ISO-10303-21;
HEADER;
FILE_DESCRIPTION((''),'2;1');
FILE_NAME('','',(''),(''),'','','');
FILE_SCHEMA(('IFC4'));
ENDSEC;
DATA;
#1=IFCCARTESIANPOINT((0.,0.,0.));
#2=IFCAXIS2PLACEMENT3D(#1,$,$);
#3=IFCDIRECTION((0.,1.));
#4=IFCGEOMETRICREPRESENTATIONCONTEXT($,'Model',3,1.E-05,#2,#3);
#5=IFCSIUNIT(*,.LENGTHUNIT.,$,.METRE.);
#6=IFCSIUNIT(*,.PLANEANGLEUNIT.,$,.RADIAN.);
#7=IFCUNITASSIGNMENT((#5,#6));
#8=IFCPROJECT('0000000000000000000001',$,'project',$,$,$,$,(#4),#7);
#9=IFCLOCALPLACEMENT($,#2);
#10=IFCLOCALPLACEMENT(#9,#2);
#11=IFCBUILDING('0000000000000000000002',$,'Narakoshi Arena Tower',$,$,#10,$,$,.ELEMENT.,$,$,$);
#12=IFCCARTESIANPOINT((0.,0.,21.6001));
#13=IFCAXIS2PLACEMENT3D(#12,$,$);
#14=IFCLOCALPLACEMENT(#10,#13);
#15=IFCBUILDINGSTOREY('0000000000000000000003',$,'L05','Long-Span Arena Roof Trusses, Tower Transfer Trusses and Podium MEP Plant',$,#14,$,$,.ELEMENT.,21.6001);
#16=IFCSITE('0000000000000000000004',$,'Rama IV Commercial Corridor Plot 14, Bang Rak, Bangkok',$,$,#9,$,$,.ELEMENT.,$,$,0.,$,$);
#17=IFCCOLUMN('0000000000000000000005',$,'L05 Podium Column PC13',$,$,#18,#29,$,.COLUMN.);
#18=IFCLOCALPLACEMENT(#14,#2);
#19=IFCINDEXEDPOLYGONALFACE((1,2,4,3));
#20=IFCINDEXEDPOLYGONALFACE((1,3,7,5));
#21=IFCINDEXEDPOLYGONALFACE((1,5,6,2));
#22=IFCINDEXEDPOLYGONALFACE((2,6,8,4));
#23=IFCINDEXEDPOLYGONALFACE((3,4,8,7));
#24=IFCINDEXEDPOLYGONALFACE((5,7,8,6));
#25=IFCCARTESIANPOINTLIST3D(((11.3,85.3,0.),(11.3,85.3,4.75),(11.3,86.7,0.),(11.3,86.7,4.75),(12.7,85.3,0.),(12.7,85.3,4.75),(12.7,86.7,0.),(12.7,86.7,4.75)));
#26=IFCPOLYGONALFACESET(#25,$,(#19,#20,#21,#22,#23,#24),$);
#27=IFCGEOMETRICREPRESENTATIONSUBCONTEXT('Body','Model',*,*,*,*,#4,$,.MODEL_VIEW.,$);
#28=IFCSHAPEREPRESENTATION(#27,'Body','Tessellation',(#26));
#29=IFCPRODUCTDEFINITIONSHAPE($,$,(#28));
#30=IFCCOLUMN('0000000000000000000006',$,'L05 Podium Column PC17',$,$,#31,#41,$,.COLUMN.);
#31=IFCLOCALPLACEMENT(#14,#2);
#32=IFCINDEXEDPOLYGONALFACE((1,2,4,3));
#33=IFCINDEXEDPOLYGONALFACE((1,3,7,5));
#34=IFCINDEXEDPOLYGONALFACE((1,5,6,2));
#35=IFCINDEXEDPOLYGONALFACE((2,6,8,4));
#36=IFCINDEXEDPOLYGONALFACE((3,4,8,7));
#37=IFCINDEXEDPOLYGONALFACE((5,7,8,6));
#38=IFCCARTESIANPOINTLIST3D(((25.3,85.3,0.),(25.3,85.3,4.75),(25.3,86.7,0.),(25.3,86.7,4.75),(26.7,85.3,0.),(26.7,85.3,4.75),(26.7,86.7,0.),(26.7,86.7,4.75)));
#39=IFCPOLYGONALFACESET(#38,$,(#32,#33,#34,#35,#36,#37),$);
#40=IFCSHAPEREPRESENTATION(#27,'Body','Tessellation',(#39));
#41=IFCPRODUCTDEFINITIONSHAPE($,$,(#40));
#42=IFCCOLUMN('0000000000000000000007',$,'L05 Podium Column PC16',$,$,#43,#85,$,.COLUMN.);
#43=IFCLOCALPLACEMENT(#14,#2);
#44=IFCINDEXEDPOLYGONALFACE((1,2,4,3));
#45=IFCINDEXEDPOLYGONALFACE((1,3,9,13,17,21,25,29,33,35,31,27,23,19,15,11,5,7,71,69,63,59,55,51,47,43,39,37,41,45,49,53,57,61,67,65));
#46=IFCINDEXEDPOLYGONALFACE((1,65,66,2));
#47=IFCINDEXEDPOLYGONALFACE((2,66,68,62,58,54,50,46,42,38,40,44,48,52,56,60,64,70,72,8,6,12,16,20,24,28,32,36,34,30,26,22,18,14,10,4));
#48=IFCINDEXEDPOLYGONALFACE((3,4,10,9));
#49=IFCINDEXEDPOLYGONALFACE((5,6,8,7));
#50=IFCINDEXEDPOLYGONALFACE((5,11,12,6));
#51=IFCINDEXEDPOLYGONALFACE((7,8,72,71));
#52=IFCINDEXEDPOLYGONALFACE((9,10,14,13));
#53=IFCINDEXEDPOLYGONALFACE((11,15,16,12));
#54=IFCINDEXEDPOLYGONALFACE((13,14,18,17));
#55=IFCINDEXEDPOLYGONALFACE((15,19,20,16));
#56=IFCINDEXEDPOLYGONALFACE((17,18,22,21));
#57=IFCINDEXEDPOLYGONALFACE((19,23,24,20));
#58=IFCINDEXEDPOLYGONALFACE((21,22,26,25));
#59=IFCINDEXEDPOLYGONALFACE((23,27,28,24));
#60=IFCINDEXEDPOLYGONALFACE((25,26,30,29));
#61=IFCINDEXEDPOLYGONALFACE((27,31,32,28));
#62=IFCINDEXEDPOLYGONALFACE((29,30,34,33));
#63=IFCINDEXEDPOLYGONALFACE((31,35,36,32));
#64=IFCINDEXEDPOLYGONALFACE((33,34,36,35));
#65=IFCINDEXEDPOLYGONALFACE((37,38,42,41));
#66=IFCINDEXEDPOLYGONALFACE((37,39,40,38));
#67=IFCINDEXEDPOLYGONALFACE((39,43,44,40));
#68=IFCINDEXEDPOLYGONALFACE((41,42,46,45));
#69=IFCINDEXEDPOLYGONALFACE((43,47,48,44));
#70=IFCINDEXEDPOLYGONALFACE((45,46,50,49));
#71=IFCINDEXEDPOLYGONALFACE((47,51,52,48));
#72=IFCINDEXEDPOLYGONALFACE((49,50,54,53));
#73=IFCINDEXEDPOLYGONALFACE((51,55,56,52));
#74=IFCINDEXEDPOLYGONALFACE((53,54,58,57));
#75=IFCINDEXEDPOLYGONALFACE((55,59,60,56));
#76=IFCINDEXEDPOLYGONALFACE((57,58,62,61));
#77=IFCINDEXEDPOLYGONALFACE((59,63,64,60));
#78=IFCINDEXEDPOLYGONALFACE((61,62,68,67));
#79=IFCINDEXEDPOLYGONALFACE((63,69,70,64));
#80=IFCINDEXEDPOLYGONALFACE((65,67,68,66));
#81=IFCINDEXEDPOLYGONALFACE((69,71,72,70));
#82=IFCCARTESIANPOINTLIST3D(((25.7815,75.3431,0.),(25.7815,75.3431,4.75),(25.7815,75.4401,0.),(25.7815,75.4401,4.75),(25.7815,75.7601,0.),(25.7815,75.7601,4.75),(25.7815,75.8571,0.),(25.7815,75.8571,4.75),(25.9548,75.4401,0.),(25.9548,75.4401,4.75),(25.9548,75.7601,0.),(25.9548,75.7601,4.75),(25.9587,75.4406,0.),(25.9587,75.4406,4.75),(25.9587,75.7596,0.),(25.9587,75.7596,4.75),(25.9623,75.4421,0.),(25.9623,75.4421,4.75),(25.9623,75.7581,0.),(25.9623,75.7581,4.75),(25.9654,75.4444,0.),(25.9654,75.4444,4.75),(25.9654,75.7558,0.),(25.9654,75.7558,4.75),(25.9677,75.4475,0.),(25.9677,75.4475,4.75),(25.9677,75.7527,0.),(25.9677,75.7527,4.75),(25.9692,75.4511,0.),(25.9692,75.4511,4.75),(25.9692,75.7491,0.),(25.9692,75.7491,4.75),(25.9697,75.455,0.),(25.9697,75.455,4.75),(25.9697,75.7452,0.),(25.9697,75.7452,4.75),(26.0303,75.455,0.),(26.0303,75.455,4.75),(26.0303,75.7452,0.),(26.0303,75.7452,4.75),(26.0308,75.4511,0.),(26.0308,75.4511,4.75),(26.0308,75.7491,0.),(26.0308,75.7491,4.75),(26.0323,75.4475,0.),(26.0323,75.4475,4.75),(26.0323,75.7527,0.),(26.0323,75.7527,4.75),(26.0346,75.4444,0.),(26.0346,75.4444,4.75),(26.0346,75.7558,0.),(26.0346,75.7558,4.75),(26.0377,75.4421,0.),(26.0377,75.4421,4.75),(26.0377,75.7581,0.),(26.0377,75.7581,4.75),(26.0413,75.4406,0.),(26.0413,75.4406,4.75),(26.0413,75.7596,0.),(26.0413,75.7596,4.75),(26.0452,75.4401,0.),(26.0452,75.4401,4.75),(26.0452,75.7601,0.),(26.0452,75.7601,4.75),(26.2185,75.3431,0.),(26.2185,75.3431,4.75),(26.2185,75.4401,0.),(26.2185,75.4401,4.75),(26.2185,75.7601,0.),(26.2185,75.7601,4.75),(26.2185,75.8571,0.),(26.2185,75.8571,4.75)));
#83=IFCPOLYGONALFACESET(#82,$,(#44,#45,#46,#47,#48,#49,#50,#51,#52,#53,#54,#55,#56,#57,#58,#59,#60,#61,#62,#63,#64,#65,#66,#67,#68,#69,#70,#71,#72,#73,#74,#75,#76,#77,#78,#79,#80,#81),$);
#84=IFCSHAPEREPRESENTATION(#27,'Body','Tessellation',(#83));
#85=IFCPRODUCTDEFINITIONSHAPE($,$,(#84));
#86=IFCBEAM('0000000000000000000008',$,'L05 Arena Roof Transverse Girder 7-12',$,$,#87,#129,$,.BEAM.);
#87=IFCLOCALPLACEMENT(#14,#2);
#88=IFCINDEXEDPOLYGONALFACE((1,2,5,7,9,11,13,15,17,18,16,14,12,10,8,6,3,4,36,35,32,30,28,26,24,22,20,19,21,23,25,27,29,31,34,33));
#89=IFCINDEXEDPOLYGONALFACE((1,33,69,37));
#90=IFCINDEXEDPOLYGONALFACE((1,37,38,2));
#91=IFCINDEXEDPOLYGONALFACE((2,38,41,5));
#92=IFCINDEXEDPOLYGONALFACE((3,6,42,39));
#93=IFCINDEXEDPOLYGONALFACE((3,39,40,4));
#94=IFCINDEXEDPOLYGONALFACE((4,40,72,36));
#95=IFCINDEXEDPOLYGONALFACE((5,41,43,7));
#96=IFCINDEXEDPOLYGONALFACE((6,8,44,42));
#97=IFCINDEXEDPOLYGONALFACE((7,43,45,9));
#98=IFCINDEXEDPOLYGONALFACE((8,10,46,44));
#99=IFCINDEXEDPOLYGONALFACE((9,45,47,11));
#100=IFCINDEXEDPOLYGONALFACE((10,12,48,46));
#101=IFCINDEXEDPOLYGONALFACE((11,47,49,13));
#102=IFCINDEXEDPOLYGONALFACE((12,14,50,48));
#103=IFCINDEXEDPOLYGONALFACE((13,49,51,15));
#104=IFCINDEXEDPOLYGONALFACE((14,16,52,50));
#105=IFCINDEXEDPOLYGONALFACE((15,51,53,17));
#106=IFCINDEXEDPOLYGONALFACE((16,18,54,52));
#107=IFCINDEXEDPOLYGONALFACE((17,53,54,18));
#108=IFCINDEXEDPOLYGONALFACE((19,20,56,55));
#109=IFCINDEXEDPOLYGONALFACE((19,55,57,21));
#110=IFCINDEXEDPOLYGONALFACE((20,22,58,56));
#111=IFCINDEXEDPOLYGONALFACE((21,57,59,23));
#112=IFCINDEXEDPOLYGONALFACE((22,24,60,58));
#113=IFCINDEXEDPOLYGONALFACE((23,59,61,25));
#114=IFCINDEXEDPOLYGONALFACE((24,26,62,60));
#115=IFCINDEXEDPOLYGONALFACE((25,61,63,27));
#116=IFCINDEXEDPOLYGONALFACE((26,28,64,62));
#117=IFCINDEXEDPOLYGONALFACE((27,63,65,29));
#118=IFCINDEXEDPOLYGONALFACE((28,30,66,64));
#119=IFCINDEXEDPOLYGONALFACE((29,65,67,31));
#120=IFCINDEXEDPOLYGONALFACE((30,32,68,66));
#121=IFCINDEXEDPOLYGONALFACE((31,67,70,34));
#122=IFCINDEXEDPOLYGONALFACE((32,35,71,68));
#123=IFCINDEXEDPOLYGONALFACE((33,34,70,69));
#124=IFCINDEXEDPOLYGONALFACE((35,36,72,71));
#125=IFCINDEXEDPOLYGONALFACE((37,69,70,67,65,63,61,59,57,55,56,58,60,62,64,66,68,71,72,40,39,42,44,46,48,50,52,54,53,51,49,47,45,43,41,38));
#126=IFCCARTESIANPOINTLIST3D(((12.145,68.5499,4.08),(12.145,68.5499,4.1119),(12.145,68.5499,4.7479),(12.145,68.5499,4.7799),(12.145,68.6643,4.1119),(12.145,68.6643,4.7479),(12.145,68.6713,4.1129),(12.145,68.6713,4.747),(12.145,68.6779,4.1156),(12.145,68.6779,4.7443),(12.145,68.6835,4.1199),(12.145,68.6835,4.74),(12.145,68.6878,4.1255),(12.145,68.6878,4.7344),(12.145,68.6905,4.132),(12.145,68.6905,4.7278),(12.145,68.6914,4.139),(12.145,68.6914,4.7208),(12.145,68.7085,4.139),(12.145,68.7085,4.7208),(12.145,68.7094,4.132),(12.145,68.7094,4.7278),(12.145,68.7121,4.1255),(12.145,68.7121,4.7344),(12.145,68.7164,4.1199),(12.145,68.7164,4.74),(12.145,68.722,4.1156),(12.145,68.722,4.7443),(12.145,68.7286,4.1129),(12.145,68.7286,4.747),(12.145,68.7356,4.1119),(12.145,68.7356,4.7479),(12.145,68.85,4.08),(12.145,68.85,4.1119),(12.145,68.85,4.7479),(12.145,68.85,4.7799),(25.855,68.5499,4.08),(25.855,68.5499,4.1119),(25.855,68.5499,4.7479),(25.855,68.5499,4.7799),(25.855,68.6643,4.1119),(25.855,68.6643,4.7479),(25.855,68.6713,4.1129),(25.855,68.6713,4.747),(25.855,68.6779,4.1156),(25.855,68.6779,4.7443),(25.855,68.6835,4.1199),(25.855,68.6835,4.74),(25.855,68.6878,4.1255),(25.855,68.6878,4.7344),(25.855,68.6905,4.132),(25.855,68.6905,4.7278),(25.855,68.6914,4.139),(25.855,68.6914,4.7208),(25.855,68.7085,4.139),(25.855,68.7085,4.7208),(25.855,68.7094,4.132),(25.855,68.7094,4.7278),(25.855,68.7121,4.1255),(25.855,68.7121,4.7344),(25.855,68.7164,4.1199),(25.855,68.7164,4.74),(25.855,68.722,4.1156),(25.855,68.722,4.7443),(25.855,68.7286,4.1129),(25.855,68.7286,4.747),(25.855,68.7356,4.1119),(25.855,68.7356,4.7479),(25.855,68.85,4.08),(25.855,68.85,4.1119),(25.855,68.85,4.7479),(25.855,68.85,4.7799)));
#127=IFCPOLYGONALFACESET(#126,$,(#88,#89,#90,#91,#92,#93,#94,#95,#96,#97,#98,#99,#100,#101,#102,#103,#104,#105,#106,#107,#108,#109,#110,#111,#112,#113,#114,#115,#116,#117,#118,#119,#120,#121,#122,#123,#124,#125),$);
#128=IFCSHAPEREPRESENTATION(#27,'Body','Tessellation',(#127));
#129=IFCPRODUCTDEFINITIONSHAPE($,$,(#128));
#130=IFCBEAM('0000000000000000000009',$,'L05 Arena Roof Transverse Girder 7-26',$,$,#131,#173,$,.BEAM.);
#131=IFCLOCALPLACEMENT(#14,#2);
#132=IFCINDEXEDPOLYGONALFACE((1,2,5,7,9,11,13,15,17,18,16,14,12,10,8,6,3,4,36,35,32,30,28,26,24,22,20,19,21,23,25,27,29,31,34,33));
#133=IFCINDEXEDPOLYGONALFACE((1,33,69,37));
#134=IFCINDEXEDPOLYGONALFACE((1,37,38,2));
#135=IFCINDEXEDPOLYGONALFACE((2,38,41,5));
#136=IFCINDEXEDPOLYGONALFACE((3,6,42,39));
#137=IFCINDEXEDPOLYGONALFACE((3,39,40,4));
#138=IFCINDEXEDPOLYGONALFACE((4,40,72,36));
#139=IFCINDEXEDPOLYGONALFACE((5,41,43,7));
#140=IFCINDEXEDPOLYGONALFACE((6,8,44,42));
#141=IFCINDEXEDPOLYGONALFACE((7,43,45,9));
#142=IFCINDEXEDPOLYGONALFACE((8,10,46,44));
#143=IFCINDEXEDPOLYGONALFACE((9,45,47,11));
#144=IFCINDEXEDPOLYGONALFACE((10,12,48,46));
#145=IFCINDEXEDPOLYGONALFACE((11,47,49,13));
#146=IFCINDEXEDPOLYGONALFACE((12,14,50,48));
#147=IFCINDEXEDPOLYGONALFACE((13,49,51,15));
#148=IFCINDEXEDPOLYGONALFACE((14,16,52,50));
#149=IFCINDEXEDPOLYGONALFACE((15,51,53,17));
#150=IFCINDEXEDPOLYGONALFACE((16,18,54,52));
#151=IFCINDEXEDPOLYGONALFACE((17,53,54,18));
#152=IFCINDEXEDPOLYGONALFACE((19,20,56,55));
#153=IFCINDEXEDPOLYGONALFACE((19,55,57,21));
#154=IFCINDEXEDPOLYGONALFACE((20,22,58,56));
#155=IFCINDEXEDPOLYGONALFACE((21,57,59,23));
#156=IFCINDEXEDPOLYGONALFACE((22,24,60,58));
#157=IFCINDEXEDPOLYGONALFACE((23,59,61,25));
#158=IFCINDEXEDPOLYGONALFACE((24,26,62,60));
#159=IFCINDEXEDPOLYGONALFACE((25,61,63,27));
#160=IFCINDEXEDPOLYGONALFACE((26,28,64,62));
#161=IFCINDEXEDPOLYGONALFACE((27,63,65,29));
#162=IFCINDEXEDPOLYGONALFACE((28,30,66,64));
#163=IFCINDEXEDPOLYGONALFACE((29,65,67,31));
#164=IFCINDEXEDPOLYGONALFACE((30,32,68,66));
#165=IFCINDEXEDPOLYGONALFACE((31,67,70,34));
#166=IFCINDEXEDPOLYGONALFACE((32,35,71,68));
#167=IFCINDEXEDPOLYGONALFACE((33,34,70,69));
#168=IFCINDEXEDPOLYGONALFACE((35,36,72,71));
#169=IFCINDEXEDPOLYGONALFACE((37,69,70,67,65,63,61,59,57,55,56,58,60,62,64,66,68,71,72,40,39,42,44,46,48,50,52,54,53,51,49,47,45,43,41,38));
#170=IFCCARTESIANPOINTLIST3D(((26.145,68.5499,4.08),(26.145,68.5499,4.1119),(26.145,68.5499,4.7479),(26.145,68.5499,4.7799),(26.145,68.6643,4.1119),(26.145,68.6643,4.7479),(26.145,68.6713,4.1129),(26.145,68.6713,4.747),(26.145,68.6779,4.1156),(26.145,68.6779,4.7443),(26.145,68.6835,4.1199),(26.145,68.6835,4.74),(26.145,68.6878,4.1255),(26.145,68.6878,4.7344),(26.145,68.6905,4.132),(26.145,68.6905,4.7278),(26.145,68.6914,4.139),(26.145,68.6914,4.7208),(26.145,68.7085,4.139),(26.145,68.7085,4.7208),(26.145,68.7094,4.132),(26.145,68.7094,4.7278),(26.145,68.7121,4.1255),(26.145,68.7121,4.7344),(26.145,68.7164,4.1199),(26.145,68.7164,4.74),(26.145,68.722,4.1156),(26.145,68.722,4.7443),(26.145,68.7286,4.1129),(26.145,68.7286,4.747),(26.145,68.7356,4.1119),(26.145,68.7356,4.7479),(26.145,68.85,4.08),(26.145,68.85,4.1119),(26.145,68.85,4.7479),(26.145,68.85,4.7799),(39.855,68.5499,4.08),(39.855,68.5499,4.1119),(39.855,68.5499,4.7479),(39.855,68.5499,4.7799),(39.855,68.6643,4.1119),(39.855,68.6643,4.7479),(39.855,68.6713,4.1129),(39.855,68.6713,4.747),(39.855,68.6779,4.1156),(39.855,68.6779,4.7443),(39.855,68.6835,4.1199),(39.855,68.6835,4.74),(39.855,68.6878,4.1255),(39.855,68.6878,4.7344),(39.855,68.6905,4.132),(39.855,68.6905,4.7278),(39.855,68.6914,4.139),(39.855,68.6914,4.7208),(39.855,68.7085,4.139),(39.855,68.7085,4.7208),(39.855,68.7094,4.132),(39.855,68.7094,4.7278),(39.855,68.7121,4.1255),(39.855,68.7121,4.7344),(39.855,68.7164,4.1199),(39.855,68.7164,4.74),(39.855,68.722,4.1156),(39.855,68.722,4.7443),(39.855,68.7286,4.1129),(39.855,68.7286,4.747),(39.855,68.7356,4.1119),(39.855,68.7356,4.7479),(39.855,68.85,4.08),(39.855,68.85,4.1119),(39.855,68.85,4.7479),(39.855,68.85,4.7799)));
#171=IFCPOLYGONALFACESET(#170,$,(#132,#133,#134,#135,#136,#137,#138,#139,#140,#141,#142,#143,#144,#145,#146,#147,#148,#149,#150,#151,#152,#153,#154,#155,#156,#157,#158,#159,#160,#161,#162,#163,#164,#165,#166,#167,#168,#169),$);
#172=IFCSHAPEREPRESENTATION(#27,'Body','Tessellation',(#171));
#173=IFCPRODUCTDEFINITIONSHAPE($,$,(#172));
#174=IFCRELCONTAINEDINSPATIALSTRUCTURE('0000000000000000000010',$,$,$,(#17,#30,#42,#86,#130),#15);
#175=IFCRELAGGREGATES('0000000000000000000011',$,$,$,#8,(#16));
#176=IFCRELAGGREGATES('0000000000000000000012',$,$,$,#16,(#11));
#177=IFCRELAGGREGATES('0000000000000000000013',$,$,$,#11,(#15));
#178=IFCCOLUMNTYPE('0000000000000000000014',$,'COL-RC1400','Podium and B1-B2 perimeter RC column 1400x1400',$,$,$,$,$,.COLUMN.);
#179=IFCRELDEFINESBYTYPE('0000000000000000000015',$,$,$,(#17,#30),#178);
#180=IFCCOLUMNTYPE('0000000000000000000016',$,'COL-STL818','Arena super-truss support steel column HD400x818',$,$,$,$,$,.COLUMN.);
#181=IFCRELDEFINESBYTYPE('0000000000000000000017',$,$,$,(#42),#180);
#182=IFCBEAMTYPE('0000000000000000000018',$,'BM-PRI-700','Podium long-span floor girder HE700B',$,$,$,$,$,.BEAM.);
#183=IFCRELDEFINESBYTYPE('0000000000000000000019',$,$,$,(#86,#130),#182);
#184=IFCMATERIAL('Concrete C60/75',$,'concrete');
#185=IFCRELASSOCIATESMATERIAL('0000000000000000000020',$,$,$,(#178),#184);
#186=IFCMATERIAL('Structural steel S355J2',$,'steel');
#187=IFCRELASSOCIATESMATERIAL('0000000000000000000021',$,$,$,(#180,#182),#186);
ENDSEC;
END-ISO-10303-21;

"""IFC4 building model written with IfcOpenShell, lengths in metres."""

from ifc_helpers import new_model, si_unit, direction, frame, origin, origin_2d, place, context, subcontext, project, spatial, rectangle, i_section, extrude, material, material_profile, profile_set, type_object, element, save


model = new_model("IFC4")

# Units and contexts
model_context = context("Model", 3, precision=1e-05, world=origin(), true_north=direction((0.0, 1.0)))
body_context = subcontext(model_context, "Body", "Model", "MODEL_VIEW")
ifc_project = project(units=[si_unit("LENGTHUNIT", "METRE"), si_unit("PLANEANGLEUNIT", "RADIAN")], contexts=[model_context])

# Site, building, storey
site_placement = place(None, origin())
site = spatial("IfcSite", under=ifc_project, at=site_placement, Name="Rama IV Commercial Corridor Plot 14, Bang Rak, Bangkok", CompositionType="ELEMENT", RefElevation=0.0)
building_placement = place(site_placement, origin())
building = spatial("IfcBuilding", under=site, at=building_placement, Name="Narakoshi Arena Tower", CompositionType="ELEMENT")
storey_placement = place(building_placement, frame((0.0, 0.0, 21.6001)))
storey = spatial("IfcBuildingStorey", under=building, at=storey_placement, Name="L05", Description="Long-Span Arena Roof Trusses, Tower Transfer Trusses and Podium MEP Plant", CompositionType="ELEMENT", Elevation=21.6001)

# Columns
ifc_material_1 = material(Name="Concrete C60/75", Category="concrete")
ifc_material_profile_1 = material_profile(ifc_material_1, rectangle(XDim=1.3999, YDim=1.3999, at=origin_2d()), Name="RC1400x1400")
ifc_profile_set_1 = profile_set([ifc_material_profile_1], Name="Concrete C60/75")
column_type_1 = type_object("IfcColumnType", Name="COL-RC1400", Description="Podium and B1-B2 perimeter RC column 1400x1400", PredefinedType="COLUMN", material=ifc_profile_set_1)
for number, where, z_axis, x_axis, name in (
    (1, (12.0, 86.0, 0.0), (0.0, 0.0, 1.0), (1.0, 0.0, 0.0), "L05 Podium Column PC13"),
    (2, (26.0, 86.0, 0.0), (0.0, 0.0, 1.0), (1.0, 0.0, 0.0), "L05 Podium Column PC17"),
):
    element("IfcColumn", number, at=place(storey_placement, frame(where, z_axis=z_axis, x_axis=x_axis)), inside=storey, type_object=column_type_1, Name=name, PredefinedType="COLUMN", context=body_context, shape_type="SweptSolid", body=[
        extrude(rectangle(XDim=1.3999, YDim=1.3999, at=origin_2d()), origin(), (0.0, 0.0, 1.0), 4.75),
    ])
ifc_material_2 = material(Name="Structural steel S355J2", Category="steel")
ifc_material_profile_2 = material_profile(ifc_material_2, i_section(OverallWidth=0.437, OverallDepth=0.5139, WebThickness=0.0605, FlangeThickness=0.0969, FilletRadius=0.0149, at=origin_2d()), Name="HD400x818")
ifc_profile_set_2 = profile_set([ifc_material_profile_2], Name="Structural steel S355J2")
column_type_2 = type_object("IfcColumnType", Name="COL-STL818", Description="Arena super-truss support steel column HD400x818", PredefinedType="COLUMN", material=ifc_profile_set_2)
column_placement = place(storey_placement, frame((26.0, 75.6001, 0.0), z_axis=(0.0, 0.0, 1.0), x_axis=(1.0, 0.0, 0.0)))
element("IfcColumn", 3, at=column_placement, inside=storey, type_object=column_type_2, Name="L05 Podium Column PC16", PredefinedType="COLUMN", context=body_context, shape_type="SweptSolid", body=[
    extrude(i_section(OverallWidth=0.437, OverallDepth=0.5139, WebThickness=0.0605, FlangeThickness=0.0969, FilletRadius=0.0149, at=origin_2d()), origin(), (0.0, 0.0, 1.0), 4.75),
])

# Beams
ifc_material_profile_3 = material_profile(ifc_material_2, i_section(OverallWidth=0.3, OverallDepth=0.7, WebThickness=0.0171, FlangeThickness=0.032, FilletRadius=0.0271, at=origin_2d()), Name="HE700B")
ifc_profile_set_3 = profile_set([ifc_material_profile_3], Name="Structural steel S355J2")
beam_type_1 = type_object("IfcBeamType", Name="BM-PRI-700", Description="Podium long-span floor girder HE700B", PredefinedType="BEAM", material=ifc_profile_set_3)
for number, where, z_axis, x_axis, name in (
    (4, (12.145, 68.7, 4.4299), (1.0, 0.0, 0.0), (0.0, 1.0, 0.0), "L05 Arena Roof Transverse Girder 7-12"),
    (5, (26.145, 68.7, 4.4299), (1.0, 0.0, 0.0), (0.0, 1.0, 0.0), "L05 Arena Roof Transverse Girder 7-26"),
):
    element("IfcBeam", number, at=place(storey_placement, frame(where, z_axis=z_axis, x_axis=x_axis)), inside=storey, type_object=beam_type_1, Name=name, PredefinedType="BEAM", context=body_context, shape_type="SweptSolid", body=[
        extrude(i_section(OverallWidth=0.3, OverallDepth=0.7, WebThickness=0.0171, FlangeThickness=0.032, FilletRadius=0.0271, at=origin_2d()), origin(), (0.0, 0.0, 1.0), 13.71),
    ])

save(model, "model.ifc")
